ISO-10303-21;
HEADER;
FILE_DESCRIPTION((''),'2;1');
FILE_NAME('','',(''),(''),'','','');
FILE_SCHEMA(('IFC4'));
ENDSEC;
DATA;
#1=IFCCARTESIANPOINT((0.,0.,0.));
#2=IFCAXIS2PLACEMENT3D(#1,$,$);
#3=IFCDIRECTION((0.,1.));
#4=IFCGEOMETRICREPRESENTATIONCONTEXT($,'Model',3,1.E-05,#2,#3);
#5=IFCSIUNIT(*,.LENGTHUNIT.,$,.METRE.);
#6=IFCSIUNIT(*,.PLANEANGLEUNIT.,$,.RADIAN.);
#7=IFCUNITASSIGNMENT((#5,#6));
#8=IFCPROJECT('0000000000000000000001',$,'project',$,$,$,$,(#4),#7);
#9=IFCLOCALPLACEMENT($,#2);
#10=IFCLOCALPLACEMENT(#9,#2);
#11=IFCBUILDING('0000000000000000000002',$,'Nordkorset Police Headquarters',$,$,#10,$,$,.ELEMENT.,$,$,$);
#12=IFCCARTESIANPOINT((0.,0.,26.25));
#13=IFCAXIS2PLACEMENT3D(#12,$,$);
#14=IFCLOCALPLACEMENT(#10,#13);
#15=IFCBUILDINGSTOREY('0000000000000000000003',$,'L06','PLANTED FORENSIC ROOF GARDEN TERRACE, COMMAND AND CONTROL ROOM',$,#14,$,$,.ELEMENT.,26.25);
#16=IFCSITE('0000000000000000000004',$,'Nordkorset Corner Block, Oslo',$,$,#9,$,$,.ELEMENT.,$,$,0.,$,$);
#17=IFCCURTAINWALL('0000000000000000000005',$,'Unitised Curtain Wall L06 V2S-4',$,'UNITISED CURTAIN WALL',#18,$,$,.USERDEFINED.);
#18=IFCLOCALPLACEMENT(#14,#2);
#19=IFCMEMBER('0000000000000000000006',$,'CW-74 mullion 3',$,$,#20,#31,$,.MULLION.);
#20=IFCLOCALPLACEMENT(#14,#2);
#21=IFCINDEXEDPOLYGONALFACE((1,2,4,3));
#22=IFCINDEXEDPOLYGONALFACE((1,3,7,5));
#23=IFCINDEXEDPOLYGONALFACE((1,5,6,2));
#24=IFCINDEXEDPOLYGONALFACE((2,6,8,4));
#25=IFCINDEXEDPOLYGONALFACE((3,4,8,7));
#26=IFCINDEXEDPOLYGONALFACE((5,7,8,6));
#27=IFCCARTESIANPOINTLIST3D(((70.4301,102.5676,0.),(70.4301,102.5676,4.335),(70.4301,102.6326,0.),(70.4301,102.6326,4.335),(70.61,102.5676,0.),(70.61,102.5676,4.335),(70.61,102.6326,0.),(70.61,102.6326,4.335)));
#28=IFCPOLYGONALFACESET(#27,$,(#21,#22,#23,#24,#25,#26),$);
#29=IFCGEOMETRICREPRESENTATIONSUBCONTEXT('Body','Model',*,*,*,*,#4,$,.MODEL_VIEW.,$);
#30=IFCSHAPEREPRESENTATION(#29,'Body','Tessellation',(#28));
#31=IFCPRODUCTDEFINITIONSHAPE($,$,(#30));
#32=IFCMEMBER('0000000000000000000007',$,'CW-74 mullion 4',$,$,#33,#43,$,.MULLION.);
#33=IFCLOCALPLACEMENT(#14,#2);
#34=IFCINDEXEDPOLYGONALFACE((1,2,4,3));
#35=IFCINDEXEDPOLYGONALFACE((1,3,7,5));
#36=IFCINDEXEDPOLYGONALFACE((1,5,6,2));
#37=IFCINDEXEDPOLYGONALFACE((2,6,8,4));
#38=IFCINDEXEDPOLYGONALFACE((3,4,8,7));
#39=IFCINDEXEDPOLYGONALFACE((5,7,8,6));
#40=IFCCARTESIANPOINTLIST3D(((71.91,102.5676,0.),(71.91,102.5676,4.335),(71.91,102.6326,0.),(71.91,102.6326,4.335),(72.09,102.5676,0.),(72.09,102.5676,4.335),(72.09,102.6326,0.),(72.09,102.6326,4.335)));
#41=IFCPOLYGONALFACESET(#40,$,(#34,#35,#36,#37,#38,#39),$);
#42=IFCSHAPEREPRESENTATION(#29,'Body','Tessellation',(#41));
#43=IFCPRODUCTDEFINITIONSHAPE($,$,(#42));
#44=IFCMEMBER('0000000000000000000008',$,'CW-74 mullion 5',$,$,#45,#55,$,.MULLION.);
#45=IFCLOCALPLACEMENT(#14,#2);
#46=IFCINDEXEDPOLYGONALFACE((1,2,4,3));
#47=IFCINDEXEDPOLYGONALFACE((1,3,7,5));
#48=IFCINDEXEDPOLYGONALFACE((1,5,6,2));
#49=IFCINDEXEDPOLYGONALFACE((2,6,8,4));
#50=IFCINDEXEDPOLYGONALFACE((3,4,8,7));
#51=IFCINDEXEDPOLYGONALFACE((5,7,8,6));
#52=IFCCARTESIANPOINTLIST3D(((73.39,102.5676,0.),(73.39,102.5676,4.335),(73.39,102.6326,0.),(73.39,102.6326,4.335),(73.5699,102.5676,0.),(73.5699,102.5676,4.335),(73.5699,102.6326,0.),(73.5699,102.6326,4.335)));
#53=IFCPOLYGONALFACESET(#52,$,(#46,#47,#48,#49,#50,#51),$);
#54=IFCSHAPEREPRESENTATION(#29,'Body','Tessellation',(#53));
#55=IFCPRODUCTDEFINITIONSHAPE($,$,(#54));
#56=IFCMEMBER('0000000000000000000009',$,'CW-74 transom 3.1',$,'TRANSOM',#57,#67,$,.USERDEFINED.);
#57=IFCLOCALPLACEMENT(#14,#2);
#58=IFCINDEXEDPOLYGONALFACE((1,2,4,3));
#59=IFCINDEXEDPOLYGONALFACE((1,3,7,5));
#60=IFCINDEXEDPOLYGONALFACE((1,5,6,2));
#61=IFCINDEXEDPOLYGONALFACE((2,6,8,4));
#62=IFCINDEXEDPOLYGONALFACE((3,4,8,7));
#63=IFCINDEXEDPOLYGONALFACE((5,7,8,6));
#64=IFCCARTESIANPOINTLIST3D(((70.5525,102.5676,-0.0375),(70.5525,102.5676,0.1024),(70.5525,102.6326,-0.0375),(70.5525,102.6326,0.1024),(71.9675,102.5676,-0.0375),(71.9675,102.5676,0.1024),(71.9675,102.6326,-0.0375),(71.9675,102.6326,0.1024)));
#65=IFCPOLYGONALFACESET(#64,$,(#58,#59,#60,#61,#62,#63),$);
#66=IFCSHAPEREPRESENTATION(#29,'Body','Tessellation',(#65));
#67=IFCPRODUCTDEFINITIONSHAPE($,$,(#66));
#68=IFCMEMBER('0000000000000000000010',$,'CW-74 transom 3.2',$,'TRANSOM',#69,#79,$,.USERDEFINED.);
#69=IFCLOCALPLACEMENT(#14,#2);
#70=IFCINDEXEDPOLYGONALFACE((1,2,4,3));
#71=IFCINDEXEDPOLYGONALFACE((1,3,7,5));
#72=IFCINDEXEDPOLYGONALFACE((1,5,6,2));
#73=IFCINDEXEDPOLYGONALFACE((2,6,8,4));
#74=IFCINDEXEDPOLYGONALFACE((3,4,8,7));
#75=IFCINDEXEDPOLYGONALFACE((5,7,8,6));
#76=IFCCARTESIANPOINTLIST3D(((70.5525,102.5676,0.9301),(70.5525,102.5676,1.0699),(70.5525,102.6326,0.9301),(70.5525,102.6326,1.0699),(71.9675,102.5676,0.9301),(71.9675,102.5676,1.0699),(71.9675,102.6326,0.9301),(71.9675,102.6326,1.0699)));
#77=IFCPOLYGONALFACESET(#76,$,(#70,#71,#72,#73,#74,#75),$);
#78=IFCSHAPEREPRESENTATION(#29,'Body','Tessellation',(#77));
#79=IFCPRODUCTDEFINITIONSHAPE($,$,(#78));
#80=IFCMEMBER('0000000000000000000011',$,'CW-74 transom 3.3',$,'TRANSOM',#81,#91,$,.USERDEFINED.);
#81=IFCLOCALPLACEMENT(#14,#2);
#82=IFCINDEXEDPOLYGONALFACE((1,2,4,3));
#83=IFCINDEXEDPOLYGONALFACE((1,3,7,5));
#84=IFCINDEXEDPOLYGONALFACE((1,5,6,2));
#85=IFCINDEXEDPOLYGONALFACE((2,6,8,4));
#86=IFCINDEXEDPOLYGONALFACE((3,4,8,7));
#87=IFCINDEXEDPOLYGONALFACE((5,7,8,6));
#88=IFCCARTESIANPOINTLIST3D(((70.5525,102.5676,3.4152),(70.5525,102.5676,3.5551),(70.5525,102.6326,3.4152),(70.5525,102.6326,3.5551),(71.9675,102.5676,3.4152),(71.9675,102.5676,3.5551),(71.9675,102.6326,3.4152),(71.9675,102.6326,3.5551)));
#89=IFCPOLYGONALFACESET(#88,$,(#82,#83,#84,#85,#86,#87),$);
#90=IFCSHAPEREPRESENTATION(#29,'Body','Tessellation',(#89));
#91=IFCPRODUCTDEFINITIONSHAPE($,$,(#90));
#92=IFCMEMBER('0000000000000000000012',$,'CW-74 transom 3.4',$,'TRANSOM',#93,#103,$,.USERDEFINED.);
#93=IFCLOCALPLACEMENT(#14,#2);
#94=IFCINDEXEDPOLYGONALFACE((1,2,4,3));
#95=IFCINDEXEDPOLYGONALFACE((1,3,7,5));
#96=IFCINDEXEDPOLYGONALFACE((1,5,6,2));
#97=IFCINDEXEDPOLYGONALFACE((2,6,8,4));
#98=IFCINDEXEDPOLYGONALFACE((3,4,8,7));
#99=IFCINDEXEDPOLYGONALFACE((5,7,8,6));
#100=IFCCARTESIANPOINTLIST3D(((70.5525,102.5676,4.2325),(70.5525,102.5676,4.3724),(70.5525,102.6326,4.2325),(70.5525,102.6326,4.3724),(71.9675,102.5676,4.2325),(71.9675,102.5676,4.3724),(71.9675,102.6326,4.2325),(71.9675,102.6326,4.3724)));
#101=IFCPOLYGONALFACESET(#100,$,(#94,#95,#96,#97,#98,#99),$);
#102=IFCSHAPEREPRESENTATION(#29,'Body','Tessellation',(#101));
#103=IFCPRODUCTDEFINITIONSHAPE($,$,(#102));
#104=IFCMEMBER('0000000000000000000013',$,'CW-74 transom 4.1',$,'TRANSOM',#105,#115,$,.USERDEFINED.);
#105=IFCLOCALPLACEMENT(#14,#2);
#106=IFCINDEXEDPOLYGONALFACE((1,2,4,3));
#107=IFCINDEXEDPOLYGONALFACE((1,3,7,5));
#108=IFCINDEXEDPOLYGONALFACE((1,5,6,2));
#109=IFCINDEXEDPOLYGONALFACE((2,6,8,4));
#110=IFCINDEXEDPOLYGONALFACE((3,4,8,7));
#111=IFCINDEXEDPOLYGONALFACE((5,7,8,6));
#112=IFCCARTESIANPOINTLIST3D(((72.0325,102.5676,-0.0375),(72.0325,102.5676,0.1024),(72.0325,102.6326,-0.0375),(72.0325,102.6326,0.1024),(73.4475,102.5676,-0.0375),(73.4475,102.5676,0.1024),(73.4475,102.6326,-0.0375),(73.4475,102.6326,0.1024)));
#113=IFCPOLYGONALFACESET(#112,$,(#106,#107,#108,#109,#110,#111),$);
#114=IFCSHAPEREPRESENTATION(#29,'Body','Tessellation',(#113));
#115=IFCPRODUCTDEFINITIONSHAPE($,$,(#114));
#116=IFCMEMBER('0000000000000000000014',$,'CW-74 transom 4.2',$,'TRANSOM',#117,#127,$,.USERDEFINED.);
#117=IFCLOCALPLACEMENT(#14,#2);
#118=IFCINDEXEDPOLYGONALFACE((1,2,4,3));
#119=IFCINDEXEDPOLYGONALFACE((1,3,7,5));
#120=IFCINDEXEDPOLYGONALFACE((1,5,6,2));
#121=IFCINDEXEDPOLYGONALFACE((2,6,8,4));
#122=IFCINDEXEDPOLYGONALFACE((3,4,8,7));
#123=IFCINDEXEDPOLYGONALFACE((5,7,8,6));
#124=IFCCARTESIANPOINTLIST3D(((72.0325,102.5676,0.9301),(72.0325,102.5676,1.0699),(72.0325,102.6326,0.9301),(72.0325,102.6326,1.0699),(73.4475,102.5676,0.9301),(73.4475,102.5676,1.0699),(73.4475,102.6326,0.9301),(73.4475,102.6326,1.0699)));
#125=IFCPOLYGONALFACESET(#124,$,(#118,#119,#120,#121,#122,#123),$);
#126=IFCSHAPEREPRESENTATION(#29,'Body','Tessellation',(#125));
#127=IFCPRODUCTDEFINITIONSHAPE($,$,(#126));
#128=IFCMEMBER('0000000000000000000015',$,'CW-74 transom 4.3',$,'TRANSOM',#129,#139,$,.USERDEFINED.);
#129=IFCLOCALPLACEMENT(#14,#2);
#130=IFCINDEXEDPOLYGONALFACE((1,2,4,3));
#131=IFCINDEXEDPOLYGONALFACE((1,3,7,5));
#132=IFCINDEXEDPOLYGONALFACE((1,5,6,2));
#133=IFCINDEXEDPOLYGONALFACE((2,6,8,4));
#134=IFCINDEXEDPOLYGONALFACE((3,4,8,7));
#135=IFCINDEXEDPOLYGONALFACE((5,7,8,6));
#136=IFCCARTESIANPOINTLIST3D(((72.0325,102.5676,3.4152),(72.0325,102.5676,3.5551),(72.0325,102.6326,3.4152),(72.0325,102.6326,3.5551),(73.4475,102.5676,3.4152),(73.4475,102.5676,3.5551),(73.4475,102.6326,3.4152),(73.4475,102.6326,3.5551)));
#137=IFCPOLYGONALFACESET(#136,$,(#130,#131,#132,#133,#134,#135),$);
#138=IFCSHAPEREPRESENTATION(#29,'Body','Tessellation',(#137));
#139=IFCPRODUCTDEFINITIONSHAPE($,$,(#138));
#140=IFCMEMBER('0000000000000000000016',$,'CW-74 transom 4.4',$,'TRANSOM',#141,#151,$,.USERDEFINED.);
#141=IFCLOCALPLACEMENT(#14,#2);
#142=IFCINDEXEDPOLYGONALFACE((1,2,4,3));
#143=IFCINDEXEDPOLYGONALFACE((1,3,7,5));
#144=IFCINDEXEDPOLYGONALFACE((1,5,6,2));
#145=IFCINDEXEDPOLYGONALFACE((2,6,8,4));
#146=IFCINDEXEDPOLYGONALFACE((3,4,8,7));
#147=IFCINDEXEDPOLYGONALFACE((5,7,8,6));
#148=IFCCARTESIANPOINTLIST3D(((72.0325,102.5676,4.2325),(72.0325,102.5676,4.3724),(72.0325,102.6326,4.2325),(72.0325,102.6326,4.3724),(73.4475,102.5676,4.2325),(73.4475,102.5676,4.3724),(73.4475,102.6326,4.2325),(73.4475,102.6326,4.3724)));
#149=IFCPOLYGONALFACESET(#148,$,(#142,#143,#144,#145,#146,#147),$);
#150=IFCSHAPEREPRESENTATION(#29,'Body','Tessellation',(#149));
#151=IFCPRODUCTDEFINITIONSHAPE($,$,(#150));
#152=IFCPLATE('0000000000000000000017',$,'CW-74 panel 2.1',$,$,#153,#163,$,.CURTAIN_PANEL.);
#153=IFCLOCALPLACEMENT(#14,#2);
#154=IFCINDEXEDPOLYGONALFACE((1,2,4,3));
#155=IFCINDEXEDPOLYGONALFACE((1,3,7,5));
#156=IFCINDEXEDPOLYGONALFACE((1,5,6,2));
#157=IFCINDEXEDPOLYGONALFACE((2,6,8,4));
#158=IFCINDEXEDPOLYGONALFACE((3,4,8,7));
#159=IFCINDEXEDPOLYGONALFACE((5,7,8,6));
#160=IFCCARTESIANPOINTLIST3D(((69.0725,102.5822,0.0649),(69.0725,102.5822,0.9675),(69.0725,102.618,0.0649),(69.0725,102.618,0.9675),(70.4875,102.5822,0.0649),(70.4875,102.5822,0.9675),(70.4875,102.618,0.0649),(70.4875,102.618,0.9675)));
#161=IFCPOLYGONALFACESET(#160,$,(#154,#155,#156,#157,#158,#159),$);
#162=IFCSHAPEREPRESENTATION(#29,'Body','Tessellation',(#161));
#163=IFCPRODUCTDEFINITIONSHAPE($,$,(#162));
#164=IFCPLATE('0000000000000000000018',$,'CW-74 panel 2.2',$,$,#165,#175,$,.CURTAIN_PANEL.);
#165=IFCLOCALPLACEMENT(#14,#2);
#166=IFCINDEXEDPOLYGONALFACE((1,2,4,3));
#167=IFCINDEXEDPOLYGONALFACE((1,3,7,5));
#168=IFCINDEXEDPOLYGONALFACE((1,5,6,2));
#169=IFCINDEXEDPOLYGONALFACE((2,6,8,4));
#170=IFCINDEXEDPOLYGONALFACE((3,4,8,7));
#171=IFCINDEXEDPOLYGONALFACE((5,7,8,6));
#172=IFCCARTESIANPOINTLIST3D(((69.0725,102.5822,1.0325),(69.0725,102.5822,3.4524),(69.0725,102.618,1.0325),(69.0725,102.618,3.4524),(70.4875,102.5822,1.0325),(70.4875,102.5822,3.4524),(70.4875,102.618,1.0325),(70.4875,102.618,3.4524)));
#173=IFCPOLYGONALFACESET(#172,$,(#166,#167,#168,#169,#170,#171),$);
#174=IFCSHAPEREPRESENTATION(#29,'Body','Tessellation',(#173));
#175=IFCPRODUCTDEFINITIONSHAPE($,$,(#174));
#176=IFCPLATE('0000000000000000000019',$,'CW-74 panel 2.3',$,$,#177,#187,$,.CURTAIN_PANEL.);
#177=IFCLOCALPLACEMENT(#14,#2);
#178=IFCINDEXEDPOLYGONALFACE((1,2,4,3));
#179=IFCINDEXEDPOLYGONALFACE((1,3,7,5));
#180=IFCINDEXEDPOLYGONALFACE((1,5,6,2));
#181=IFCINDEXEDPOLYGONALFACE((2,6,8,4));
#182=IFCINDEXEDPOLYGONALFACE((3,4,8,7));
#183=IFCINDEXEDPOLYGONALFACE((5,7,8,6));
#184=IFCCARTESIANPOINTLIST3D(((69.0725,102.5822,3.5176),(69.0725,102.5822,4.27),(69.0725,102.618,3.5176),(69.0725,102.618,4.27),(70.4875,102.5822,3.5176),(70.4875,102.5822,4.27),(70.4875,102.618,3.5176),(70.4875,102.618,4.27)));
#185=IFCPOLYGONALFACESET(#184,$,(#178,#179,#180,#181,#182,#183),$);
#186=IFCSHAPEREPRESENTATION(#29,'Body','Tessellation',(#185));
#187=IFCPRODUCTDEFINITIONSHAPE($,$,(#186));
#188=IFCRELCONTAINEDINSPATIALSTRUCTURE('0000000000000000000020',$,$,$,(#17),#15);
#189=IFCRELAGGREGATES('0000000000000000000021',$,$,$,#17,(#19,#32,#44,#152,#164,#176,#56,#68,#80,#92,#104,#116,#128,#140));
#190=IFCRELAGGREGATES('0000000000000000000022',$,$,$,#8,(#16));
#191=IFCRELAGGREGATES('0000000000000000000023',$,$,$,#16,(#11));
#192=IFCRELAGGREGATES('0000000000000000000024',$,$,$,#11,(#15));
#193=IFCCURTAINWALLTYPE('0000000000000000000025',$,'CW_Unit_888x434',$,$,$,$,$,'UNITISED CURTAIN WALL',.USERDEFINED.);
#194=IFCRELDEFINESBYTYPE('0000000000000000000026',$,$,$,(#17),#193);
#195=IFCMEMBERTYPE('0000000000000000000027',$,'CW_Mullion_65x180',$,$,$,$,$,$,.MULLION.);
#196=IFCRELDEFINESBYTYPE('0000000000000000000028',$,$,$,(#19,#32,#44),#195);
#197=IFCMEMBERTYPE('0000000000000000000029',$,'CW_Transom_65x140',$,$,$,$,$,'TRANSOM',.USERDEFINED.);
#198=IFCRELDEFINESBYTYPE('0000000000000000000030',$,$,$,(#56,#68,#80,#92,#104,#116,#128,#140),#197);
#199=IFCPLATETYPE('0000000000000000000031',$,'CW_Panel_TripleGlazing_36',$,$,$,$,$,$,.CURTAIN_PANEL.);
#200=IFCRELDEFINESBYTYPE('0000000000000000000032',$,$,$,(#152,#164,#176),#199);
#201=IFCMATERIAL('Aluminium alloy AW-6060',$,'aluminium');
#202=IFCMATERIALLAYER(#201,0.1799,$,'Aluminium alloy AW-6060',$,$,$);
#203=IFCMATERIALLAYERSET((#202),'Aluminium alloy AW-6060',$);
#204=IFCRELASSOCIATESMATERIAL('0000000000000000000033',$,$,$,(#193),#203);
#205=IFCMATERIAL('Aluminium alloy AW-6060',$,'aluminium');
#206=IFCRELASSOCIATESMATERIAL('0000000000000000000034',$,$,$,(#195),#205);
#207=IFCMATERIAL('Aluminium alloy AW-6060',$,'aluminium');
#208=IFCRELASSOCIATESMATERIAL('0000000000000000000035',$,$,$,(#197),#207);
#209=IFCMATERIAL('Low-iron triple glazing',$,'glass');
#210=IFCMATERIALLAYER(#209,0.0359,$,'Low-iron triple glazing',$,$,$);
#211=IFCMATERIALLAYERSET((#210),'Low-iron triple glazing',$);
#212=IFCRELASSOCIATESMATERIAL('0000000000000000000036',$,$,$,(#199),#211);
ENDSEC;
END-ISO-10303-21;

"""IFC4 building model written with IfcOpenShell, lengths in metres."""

from ifc_helpers import new_model, si_unit, direction, frame, origin, origin_2d, place, context, subcontext, project, spatial, rectangle, extrude, material, layer, layer_set, material_profile, profile_set, type_object, element, aggregate, save


model = new_model("IFC4")

# Units and contexts
model_context = context("Model", 3, precision=1e-05, world=origin(), true_north=direction((0.0, 1.0)))
body_context = subcontext(model_context, "Body", "Model", "MODEL_VIEW")
ifc_project = project(units=[si_unit("LENGTHUNIT", "METRE"), si_unit("PLANEANGLEUNIT", "RADIAN")], contexts=[model_context])

# Site, building, storey
site_placement = place(None, origin())
site = spatial("IfcSite", under=ifc_project, at=site_placement, Name="Nordkorset Corner Block, Oslo", CompositionType="ELEMENT", RefElevation=0.0)
building_placement = place(site_placement, origin())
building = spatial("IfcBuilding", under=site, at=building_placement, Name="Nordkorset Police Headquarters", CompositionType="ELEMENT")
storey_placement = place(building_placement, frame((0.0, 0.0, 26.25)))
storey = spatial("IfcBuildingStorey", under=building, at=storey_placement, Name="L06", Description="PLANTED FORENSIC ROOF GARDEN TERRACE, COMMAND AND CONTROL ROOM", CompositionType="ELEMENT", Elevation=26.25)

# Curtain wall, members, plates
ifc_material_1 = material(Name="Aluminium alloy AW-6060", Category="aluminium")
ifc_layer_1 = layer(ifc_material_1, 0.1799, Name="Aluminium alloy AW-6060")
ifc_layer_set_1 = layer_set([ifc_layer_1], Name="Aluminium alloy AW-6060")
curtain_wall_type = type_object("IfcCurtainWallType", Name="CW_Unit_888x434", ElementType="UNITISED CURTAIN WALL", PredefinedType="USERDEFINED", material=ifc_layer_set_1)
curtain_wall_placement = place(storey_placement, origin())
curtain_wall = element("IfcCurtainWall", 1, at=curtain_wall_placement, inside=storey, type_object=curtain_wall_type, Name="Unitised Curtain Wall L06 V2S-4", ObjectType="UNITISED CURTAIN WALL", PredefinedType="USERDEFINED")
ifc_material_2 = material(Name="Aluminium alloy AW-6060", Category="aluminium")
ifc_material_profile_1 = material_profile(ifc_material_2, rectangle(XDim=0.0649, YDim=0.1799, at=origin_2d()), Name="ALU MULL 65x180")
ifc_profile_set_1 = profile_set([ifc_material_profile_1], Name="Aluminium alloy AW-6060")
member_type_1 = type_object("IfcMemberType", Name="CW_Mullion_65x180", PredefinedType="MULLION", material=ifc_profile_set_1)
member_1_placement = place(storey_placement, frame((70.52, 102.6001, 0.0), z_axis=(0.0, 0.0, 1.0), x_axis=(0.0, 1.0, 0.0)))
member_1 = element("IfcMember", 2, at=member_1_placement, type_object=member_type_1, Name="CW-74 mullion 3", PredefinedType="MULLION", context=body_context, shape_type="SweptSolid", body=[
    extrude(rectangle(XDim=0.0649, YDim=0.1799, at=origin_2d()), origin(), (0.0, 0.0, 1.0), 4.335),
])
member_2_placement = place(storey_placement, frame((72.0, 102.6001, 0.0), z_axis=(0.0, 0.0, 1.0), x_axis=(0.0, 1.0, 0.0)))
member_2 = element("IfcMember", 3, at=member_2_placement, type_object=member_type_1, Name="CW-74 mullion 4", PredefinedType="MULLION", context=body_context, shape_type="SweptSolid", body=[
    extrude(rectangle(XDim=0.0649, YDim=0.1799, at=origin_2d()), origin(), (0.0, 0.0, 1.0), 4.335),
])
member_3_placement = place(storey_placement, frame((73.48, 102.6001, 0.0), z_axis=(0.0, 0.0, 1.0), x_axis=(0.0, 1.0, 0.0)))
member_3 = element("IfcMember", 4, at=member_3_placement, type_object=member_type_1, Name="CW-74 mullion 5", PredefinedType="MULLION", context=body_context, shape_type="SweptSolid", body=[
    extrude(rectangle(XDim=0.0649, YDim=0.1799, at=origin_2d()), origin(), (0.0, 0.0, 1.0), 4.335),
])
ifc_material_3 = material(Name="Aluminium alloy AW-6060", Category="aluminium")
ifc_material_profile_2 = material_profile(ifc_material_3, rectangle(XDim=0.0649, YDim=0.1399, at=origin_2d()), Name="ALU TRAN 65x140")
ifc_profile_set_2 = profile_set([ifc_material_profile_2], Name="Aluminium alloy AW-6060")
member_type_2 = type_object("IfcMemberType", Name="CW_Transom_65x140", ElementType="TRANSOM", PredefinedType="USERDEFINED", material=ifc_profile_set_2)
member_4_placement = place(storey_placement, frame((70.5525, 102.6001, 0.0325), z_axis=(1.0, 0.0, 0.0), x_axis=(0.0, 1.0, 0.0)))
member_4 = element("IfcMember", 5, at=member_4_placement, type_object=member_type_2, Name="CW-74 transom 3.1", ObjectType="TRANSOM", PredefinedType="USERDEFINED", context=body_context, shape_type="SweptSolid", body=[
    extrude(rectangle(XDim=0.0649, YDim=0.1399, at=origin_2d()), origin(), (0.0, 0.0, 1.0), 1.415),
])
member_5_placement = place(storey_placement, frame((70.5525, 102.6001, 1.0), z_axis=(1.0, 0.0, 0.0), x_axis=(0.0, 1.0, 0.0)))
member_5 = element("IfcMember", 6, at=member_5_placement, type_object=member_type_2, Name="CW-74 transom 3.2", ObjectType="TRANSOM", PredefinedType="USERDEFINED", context=body_context, shape_type="SweptSolid", body=[
    extrude(rectangle(XDim=0.0649, YDim=0.1399, at=origin_2d()), origin(), (0.0, 0.0, 1.0), 1.415),
])
member_6_placement = place(storey_placement, frame((70.5525, 102.6001, 3.4851), z_axis=(1.0, 0.0, 0.0), x_axis=(0.0, 1.0, 0.0)))
member_6 = element("IfcMember", 7, at=member_6_placement, type_object=member_type_2, Name="CW-74 transom 3.3", ObjectType="TRANSOM", PredefinedType="USERDEFINED", context=body_context, shape_type="SweptSolid", body=[
    extrude(rectangle(XDim=0.0649, YDim=0.1399, at=origin_2d()), origin(), (0.0, 0.0, 1.0), 1.415),
])
member_7_placement = place(storey_placement, frame((70.5525, 102.6001, 4.3025), z_axis=(1.0, 0.0, 0.0), x_axis=(0.0, 1.0, 0.0)))
member_7 = element("IfcMember", 8, at=member_7_placement, type_object=member_type_2, Name="CW-74 transom 3.4", ObjectType="TRANSOM", PredefinedType="USERDEFINED", context=body_context, shape_type="SweptSolid", body=[
    extrude(rectangle(XDim=0.0649, YDim=0.1399, at=origin_2d()), origin(), (0.0, 0.0, 1.0), 1.415),
])
member_8_placement = place(storey_placement, frame((72.0325, 102.6001, 0.0325), z_axis=(1.0, 0.0, 0.0), x_axis=(0.0, 1.0, 0.0)))
member_8 = element("IfcMember", 9, at=member_8_placement, type_object=member_type_2, Name="CW-74 transom 4.1", ObjectType="TRANSOM", PredefinedType="USERDEFINED", context=body_context, shape_type="SweptSolid", body=[
    extrude(rectangle(XDim=0.0649, YDim=0.1399, at=origin_2d()), origin(), (0.0, 0.0, 1.0), 1.415),
])
member_9_placement = place(storey_placement, frame((72.0325, 102.6001, 1.0), z_axis=(1.0, 0.0, 0.0), x_axis=(0.0, 1.0, 0.0)))
member_9 = element("IfcMember", 10, at=member_9_placement, type_object=member_type_2, Name="CW-74 transom 4.2", ObjectType="TRANSOM", PredefinedType="USERDEFINED", context=body_context, shape_type="SweptSolid", body=[
    extrude(rectangle(XDim=0.0649, YDim=0.1399, at=origin_2d()), origin(), (0.0, 0.0, 1.0), 1.415),
])
member_10_placement = place(storey_placement, frame((72.0325, 102.6001, 3.4851), z_axis=(1.0, 0.0, 0.0), x_axis=(0.0, 1.0, 0.0)))
member_10 = element("IfcMember", 11, at=member_10_placement, type_object=member_type_2, Name="CW-74 transom 4.3", ObjectType="TRANSOM", PredefinedType="USERDEFINED", context=body_context, shape_type="SweptSolid", body=[
    extrude(rectangle(XDim=0.0649, YDim=0.1399, at=origin_2d()), origin(), (0.0, 0.0, 1.0), 1.415),
])
member_11_placement = place(storey_placement, frame((72.0325, 102.6001, 4.3025), z_axis=(1.0, 0.0, 0.0), x_axis=(0.0, 1.0, 0.0)))
member_11 = element("IfcMember", 12, at=member_11_placement, type_object=member_type_2, Name="CW-74 transom 4.4", ObjectType="TRANSOM", PredefinedType="USERDEFINED", context=body_context, shape_type="SweptSolid", body=[
    extrude(rectangle(XDim=0.0649, YDim=0.1399, at=origin_2d()), origin(), (0.0, 0.0, 1.0), 1.415),
])
ifc_material_4 = material(Name="Low-iron triple glazing", Category="glass")
ifc_layer_2 = layer(ifc_material_4, 0.0359, Name="Low-iron triple glazing")
ifc_layer_set_2 = layer_set([ifc_layer_2], Name="Low-iron triple glazing")
plate_type = type_object("IfcPlateType", Name="CW_Panel_TripleGlazing_36", PredefinedType="CURTAIN_PANEL", material=ifc_layer_set_2)
plate_1_placement = place(storey_placement, frame((69.78, 102.6001, 0.0649), z_axis=(0.0, 0.0, 1.0), x_axis=(1.0, 0.0, 0.0)))
plate_1 = element("IfcPlate", 13, at=plate_1_placement, type_object=plate_type, Name="CW-74 panel 2.1", PredefinedType="CURTAIN_PANEL", context=body_context, shape_type="SweptSolid", body=[
    extrude(rectangle(XDim=1.415, YDim=0.0359, at=origin_2d()), origin(), (0.0, 0.0, 1.0), 0.9026),
])
plate_2_placement = place(storey_placement, frame((69.78, 102.6001, 1.0325), z_axis=(0.0, 0.0, 1.0), x_axis=(1.0, 0.0, 0.0)))
plate_2 = element("IfcPlate", 14, at=plate_2_placement, type_object=plate_type, Name="CW-74 panel 2.2", PredefinedType="CURTAIN_PANEL", context=body_context, shape_type="SweptSolid", body=[
    extrude(rectangle(XDim=1.415, YDim=0.0359, at=origin_2d()), origin(), (0.0, 0.0, 1.0), 2.4199),
])
plate_3_placement = place(storey_placement, frame((69.78, 102.6001, 3.5176), z_axis=(0.0, 0.0, 1.0), x_axis=(1.0, 0.0, 0.0)))
plate_3 = element("IfcPlate", 15, at=plate_3_placement, type_object=plate_type, Name="CW-74 panel 2.3", PredefinedType="CURTAIN_PANEL", context=body_context, shape_type="SweptSolid", body=[
    extrude(rectangle(XDim=1.415, YDim=0.0359, at=origin_2d()), origin(), (0.0, 0.0, 1.0), 0.7524),
])
aggregate(curtain_wall, [member_1, member_2, member_3, plate_1, plate_2, plate_3, member_4, member_5, member_6, member_7, member_8, member_9, member_10, member_11])

save(model, "model.ifc")
